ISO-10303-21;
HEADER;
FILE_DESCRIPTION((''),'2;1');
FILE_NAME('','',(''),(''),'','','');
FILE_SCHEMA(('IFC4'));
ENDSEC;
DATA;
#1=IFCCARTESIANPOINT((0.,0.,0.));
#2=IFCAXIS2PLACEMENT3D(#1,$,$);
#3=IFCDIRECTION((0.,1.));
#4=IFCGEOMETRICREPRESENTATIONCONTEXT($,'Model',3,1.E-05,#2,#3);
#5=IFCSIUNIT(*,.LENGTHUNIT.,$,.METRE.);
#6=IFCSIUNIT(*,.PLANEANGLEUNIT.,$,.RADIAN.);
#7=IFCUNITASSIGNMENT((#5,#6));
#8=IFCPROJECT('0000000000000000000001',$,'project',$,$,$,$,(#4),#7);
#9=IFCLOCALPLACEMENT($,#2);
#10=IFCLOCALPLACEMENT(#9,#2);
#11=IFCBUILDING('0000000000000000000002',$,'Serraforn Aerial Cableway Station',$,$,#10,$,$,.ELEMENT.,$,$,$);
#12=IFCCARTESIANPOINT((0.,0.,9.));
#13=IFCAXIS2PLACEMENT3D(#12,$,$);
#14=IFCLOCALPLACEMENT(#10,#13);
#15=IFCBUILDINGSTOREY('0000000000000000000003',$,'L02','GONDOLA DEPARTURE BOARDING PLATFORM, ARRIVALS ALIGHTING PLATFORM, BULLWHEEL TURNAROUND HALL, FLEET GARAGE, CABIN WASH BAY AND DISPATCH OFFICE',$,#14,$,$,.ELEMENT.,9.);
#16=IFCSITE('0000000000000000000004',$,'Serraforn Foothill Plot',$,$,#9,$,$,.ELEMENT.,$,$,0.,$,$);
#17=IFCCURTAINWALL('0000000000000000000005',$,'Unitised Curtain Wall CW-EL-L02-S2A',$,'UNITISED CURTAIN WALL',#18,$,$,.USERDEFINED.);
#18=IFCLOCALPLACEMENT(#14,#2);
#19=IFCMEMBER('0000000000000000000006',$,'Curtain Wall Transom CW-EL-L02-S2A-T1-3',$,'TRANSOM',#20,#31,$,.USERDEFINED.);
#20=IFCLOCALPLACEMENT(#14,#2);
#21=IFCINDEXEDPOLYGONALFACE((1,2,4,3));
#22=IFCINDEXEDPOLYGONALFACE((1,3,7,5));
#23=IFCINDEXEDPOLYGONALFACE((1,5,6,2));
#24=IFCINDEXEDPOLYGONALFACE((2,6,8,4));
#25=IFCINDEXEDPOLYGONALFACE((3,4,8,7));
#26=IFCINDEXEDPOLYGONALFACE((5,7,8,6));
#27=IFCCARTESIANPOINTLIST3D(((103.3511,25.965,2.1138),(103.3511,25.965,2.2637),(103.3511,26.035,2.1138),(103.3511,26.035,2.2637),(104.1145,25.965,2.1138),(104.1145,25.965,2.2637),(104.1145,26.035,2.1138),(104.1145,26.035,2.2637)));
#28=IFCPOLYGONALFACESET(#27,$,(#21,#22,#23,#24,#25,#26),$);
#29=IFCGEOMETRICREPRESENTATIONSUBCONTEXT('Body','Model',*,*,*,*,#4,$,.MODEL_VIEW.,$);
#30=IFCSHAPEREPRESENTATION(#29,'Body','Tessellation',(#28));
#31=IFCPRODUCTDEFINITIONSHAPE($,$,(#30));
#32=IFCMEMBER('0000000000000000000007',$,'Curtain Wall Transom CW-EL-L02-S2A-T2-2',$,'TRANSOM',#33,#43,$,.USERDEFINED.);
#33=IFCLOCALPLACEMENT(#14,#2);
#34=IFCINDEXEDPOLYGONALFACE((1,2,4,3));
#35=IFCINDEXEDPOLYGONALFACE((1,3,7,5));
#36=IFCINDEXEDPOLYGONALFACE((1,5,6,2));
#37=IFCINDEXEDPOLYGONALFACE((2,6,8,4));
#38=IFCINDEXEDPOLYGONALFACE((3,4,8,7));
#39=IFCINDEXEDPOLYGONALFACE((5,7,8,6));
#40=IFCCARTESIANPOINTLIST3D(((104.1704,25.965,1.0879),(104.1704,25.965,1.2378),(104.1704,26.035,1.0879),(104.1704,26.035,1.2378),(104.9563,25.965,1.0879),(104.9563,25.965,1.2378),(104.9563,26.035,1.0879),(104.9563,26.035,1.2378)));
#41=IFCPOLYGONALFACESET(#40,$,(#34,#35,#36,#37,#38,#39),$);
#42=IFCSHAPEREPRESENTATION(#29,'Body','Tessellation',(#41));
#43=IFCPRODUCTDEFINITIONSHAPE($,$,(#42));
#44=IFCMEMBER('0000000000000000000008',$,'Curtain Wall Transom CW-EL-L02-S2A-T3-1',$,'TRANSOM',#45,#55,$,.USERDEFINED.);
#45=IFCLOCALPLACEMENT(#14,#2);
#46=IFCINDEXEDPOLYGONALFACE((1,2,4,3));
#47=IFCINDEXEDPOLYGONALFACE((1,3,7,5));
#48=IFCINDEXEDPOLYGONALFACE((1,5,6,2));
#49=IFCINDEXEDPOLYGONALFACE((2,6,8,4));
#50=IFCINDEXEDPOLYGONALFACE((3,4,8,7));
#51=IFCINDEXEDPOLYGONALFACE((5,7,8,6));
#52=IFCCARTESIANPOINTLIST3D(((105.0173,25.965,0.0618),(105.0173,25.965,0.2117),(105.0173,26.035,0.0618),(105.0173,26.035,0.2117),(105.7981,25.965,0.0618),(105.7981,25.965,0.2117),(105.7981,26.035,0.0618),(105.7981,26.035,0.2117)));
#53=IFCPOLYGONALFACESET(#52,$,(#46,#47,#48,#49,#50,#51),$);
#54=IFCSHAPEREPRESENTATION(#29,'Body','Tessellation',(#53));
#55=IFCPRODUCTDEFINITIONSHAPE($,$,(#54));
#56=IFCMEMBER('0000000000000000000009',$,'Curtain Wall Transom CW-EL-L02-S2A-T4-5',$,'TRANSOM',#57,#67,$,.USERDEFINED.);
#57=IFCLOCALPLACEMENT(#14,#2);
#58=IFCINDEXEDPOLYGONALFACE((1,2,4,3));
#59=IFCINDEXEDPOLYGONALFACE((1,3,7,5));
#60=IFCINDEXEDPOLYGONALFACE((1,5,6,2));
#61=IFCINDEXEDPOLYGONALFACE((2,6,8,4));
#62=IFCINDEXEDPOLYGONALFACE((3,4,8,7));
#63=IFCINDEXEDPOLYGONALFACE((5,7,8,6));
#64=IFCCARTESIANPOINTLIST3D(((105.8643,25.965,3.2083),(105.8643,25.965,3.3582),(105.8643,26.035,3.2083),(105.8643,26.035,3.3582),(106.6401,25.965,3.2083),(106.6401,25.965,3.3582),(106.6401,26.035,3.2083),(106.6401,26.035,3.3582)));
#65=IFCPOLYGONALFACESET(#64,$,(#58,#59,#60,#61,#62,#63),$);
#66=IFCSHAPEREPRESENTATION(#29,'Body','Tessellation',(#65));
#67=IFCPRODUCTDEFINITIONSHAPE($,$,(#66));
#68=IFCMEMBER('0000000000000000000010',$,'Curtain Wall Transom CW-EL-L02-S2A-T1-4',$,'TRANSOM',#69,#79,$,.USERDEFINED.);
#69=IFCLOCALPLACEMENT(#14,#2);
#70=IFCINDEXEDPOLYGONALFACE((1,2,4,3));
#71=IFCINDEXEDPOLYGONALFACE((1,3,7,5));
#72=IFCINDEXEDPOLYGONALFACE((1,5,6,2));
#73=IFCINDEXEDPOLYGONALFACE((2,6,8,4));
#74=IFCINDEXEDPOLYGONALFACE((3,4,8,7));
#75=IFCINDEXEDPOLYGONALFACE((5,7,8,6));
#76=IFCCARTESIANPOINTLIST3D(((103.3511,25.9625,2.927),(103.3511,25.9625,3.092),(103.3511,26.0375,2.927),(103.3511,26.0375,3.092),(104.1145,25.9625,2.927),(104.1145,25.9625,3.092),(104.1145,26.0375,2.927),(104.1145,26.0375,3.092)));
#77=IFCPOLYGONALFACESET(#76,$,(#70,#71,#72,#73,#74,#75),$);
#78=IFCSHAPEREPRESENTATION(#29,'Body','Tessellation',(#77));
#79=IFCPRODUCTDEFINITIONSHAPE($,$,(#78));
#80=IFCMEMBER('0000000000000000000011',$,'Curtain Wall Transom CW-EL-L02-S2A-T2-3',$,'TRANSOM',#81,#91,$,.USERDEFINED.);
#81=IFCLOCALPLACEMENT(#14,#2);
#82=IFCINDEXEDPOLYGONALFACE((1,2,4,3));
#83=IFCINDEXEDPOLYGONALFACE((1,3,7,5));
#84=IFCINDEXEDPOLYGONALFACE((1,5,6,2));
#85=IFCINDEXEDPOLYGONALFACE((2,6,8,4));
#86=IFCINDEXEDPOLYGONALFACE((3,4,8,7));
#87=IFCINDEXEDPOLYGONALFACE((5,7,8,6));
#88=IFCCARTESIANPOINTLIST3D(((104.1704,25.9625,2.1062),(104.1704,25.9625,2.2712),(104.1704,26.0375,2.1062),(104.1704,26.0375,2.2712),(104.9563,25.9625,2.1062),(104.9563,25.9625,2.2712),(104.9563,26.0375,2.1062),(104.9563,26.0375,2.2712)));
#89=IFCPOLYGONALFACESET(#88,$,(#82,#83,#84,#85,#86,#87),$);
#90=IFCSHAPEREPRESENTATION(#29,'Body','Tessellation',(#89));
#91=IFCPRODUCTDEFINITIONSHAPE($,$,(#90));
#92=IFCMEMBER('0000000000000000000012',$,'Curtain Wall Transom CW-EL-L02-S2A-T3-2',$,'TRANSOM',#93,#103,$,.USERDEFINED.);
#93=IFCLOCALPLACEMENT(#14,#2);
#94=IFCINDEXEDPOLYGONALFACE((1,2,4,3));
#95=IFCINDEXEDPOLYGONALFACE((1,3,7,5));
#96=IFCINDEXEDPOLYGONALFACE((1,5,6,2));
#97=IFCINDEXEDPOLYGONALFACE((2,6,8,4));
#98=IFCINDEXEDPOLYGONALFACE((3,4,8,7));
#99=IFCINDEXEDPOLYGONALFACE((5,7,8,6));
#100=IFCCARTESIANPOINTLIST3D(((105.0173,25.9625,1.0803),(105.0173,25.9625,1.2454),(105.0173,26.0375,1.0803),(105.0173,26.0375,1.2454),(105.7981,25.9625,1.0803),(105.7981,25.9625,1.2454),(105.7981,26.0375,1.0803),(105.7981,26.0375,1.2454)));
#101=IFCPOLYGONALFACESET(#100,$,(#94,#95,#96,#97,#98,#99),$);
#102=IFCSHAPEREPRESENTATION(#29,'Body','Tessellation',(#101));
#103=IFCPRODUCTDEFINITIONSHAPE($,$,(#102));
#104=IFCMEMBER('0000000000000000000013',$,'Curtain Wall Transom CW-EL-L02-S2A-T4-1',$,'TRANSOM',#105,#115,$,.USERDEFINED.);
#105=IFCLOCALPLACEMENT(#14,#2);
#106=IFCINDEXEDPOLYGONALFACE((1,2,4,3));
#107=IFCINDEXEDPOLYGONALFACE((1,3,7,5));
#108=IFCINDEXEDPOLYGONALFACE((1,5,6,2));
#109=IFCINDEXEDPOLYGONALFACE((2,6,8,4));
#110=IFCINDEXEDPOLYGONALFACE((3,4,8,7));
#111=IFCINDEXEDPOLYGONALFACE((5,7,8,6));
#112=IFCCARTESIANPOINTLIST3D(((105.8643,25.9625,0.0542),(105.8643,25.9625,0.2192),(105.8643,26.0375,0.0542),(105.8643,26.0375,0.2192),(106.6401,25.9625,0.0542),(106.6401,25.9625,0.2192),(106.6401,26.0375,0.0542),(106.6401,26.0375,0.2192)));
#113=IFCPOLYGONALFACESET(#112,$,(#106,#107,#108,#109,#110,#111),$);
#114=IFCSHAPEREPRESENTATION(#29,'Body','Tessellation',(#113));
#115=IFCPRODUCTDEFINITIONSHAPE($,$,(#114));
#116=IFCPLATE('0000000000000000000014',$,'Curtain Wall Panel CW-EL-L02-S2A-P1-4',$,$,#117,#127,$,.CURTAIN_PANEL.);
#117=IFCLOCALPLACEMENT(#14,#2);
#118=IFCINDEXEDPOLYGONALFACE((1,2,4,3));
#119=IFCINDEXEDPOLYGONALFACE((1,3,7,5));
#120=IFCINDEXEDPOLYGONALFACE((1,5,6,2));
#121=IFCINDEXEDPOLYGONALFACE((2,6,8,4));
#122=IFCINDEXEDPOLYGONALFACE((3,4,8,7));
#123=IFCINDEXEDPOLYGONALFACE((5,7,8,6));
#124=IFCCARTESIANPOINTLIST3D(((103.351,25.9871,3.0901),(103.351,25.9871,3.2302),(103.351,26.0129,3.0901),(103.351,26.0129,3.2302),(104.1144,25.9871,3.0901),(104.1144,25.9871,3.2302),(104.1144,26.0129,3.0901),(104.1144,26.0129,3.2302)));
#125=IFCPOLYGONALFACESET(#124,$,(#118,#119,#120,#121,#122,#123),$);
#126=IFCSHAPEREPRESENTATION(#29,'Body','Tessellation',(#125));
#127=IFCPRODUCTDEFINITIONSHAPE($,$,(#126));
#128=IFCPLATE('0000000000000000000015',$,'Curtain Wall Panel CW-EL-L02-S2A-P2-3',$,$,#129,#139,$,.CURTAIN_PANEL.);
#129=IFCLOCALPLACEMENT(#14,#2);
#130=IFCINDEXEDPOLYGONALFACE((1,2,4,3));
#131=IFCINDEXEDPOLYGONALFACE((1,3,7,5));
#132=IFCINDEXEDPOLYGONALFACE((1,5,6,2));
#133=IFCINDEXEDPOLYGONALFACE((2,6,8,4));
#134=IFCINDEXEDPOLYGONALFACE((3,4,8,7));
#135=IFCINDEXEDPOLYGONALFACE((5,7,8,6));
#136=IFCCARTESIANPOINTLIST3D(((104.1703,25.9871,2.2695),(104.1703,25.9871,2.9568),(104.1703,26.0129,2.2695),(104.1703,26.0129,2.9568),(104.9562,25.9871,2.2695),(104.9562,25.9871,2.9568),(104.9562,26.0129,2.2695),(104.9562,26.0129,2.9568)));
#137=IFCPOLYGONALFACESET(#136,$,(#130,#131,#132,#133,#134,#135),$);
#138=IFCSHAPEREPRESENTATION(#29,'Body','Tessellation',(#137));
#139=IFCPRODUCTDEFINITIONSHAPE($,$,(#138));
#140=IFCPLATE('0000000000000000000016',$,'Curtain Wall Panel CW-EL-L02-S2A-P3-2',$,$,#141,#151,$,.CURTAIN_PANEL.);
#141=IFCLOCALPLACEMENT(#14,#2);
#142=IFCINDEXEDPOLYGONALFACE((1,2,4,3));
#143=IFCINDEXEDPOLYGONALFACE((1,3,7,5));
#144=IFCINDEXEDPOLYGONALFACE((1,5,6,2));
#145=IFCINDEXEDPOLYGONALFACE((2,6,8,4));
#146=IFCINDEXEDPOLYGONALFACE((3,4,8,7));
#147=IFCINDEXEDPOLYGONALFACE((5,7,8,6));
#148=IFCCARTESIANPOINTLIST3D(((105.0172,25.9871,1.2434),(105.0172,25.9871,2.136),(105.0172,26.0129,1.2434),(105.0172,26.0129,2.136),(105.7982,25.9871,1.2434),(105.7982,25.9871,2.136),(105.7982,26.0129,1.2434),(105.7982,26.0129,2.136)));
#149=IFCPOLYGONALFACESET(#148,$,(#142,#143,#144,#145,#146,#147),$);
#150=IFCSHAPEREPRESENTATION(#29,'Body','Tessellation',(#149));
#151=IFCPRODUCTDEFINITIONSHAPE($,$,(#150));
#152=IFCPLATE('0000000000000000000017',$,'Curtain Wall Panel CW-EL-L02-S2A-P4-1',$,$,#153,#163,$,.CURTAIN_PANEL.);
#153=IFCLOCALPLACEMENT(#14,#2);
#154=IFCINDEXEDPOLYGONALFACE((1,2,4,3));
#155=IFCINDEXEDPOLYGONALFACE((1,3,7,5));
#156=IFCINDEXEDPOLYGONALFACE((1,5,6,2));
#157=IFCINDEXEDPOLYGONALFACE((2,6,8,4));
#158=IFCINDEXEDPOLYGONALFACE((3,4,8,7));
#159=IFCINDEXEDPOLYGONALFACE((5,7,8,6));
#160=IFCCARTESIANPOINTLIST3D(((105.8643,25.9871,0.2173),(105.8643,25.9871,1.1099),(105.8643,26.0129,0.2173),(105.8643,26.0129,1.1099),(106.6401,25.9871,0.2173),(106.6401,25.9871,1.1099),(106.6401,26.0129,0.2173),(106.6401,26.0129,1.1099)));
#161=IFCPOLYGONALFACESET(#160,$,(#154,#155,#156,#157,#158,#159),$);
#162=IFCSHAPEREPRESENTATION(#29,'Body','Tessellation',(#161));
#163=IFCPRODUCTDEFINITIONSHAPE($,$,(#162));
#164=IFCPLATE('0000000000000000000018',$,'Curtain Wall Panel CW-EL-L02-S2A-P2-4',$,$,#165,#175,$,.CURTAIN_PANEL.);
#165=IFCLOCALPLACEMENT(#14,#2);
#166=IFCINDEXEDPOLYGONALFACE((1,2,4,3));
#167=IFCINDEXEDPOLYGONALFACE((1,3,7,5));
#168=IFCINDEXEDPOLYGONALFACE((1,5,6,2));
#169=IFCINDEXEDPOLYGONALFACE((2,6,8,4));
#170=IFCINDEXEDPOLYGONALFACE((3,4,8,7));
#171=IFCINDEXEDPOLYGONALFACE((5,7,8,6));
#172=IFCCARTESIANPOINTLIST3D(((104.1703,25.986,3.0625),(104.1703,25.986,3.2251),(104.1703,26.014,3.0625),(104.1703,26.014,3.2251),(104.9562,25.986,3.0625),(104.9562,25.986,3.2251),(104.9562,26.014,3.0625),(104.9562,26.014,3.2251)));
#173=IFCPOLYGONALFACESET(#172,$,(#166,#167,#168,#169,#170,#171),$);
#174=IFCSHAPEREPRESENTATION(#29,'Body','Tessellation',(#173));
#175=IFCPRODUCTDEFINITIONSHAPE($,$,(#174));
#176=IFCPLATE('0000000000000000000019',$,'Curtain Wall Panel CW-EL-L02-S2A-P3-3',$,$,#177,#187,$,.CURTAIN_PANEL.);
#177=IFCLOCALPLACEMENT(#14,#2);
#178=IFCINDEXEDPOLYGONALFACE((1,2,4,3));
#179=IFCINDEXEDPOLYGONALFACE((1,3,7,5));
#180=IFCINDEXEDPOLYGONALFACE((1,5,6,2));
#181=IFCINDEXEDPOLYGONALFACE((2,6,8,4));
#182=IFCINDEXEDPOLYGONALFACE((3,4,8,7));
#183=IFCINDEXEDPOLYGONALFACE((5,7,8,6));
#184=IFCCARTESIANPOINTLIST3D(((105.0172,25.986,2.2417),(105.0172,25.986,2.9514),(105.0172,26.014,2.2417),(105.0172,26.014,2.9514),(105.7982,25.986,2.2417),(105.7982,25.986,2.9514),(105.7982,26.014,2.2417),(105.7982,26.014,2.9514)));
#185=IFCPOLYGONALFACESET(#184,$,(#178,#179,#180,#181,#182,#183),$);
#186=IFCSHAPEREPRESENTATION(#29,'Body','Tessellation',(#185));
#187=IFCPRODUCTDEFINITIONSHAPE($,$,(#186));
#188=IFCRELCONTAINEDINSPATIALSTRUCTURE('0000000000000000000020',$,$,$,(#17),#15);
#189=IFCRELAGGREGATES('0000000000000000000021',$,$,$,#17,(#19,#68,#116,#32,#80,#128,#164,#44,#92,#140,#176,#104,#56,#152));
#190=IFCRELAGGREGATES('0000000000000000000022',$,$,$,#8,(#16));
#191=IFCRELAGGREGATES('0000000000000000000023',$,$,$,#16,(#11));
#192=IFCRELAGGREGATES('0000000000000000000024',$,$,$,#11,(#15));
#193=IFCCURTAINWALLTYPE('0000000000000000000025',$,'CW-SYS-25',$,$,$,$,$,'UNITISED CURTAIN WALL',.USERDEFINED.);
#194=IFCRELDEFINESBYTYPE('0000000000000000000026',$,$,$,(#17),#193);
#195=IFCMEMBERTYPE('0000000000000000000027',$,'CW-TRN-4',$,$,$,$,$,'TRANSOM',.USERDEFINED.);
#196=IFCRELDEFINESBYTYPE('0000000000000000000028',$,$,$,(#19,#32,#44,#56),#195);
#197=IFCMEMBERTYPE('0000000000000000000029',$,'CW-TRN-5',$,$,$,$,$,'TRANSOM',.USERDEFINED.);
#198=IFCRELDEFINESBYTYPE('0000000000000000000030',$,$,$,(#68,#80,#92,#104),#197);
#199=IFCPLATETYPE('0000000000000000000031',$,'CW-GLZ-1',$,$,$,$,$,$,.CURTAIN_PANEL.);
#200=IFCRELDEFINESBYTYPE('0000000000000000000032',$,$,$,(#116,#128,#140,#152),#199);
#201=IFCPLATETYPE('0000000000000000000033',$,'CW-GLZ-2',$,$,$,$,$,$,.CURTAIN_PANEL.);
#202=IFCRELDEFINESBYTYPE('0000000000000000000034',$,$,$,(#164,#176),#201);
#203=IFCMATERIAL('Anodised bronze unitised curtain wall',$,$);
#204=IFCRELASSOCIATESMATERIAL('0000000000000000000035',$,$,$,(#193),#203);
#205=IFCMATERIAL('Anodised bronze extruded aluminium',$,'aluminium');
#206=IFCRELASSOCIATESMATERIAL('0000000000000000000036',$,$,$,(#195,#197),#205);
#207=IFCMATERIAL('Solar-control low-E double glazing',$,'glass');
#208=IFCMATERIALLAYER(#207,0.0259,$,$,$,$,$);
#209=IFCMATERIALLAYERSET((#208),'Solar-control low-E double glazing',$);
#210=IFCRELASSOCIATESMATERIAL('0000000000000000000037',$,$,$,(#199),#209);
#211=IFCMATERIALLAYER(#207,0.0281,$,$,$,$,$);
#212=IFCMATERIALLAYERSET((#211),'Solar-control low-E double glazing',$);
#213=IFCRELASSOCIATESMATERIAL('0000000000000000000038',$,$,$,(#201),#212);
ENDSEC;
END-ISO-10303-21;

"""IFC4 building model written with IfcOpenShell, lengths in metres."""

from ifc_helpers import new_model, si_unit, direction, frame, origin, origin_2d, place, context, subcontext, project, spatial, rectangle, extrude, material, layer, layer_set, material_profile, profile_set, type_object, element, aggregate, save


model = new_model("IFC4")

# Units and contexts
model_context = context("Model", 3, precision=1e-05, world=origin(), true_north=direction((0.0, 1.0)))
body_context = subcontext(model_context, "Body", "Model", "MODEL_VIEW")
ifc_project = project(units=[si_unit("LENGTHUNIT", "METRE"), si_unit("PLANEANGLEUNIT", "RADIAN")], contexts=[model_context])

# Site, building, storey
site_placement = place(None, origin())
site = spatial("IfcSite", under=ifc_project, at=site_placement, Name="Serraforn Foothill Plot", CompositionType="ELEMENT", RefElevation=0.0)
building_placement = place(site_placement, origin())
building = spatial("IfcBuilding", under=site, at=building_placement, Name="Serraforn Aerial Cableway Station", CompositionType="ELEMENT")
storey_placement = place(building_placement, frame((0.0, 0.0, 9.0)))
storey = spatial("IfcBuildingStorey", under=building, at=storey_placement, Name="L02", Description="GONDOLA DEPARTURE BOARDING PLATFORM, ARRIVALS ALIGHTING PLATFORM, BULLWHEEL TURNAROUND HALL, FLEET GARAGE, CABIN WASH BAY AND DISPATCH OFFICE", CompositionType="ELEMENT", Elevation=9.0)

# Curtain wall, members, plates
ifc_material_1 = material(Name="Anodised bronze unitised curtain wall")
curtain_wall_type = type_object("IfcCurtainWallType", Name="CW-SYS-25", ElementType="UNITISED CURTAIN WALL", PredefinedType="USERDEFINED", material=ifc_material_1)
curtain_wall_placement = place(storey_placement, origin())
curtain_wall = element("IfcCurtainWall", 1, at=curtain_wall_placement, inside=storey, type_object=curtain_wall_type, Name="Unitised Curtain Wall CW-EL-L02-S2A", ObjectType="UNITISED CURTAIN WALL", PredefinedType="USERDEFINED")
ifc_material_2 = material(Name="Anodised bronze extruded aluminium", Category="aluminium")
ifc_material_profile_1 = material_profile(ifc_material_2, rectangle(XDim=0.0701, YDim=0.1499, at=origin_2d()), Name="CW TRANSOM 70x150")
ifc_profile_set_1 = profile_set([ifc_material_profile_1], Name="Anodised bronze extruded aluminium")
member_type_1 = type_object("IfcMemberType", Name="CW-TRN-4", ElementType="TRANSOM", PredefinedType="USERDEFINED", material=ifc_profile_set_1)
member_1_placement = place(storey_placement, frame((103.3511, 26.0, 2.1887), z_axis=(1.0, 0.0, 0.0), x_axis=(0.0, 1.0, 0.0)))
member_1 = element("IfcMember", 2, at=member_1_placement, type_object=member_type_1, Name="Curtain Wall Transom CW-EL-L02-S2A-T1-3", ObjectType="TRANSOM", PredefinedType="USERDEFINED", context=body_context, shape_type="SweptSolid", body=[
    extrude(rectangle(XDim=0.0701, YDim=0.1499, at=origin_2d()), origin(), (0.0, 0.0, 1.0), 0.7634),
])
member_2_placement = place(storey_placement, frame((104.1704, 26.0, 1.1628), z_axis=(1.0, 0.0, 0.0), x_axis=(0.0, 1.0, 0.0)))
member_2 = element("IfcMember", 3, at=member_2_placement, type_object=member_type_1, Name="Curtain Wall Transom CW-EL-L02-S2A-T2-2", ObjectType="TRANSOM", PredefinedType="USERDEFINED", context=body_context, shape_type="SweptSolid", body=[
    extrude(rectangle(XDim=0.0701, YDim=0.1499, at=origin_2d()), origin(), (0.0, 0.0, 1.0), 0.7859),
])
member_3_placement = place(storey_placement, frame((105.0173, 26.0, 0.1367), z_axis=(1.0, 0.0, 0.0), x_axis=(0.0, 1.0, 0.0)))
member_3 = element("IfcMember", 4, at=member_3_placement, type_object=member_type_1, Name="Curtain Wall Transom CW-EL-L02-S2A-T3-1", ObjectType="TRANSOM", PredefinedType="USERDEFINED", context=body_context, shape_type="SweptSolid", body=[
    extrude(rectangle(XDim=0.0701, YDim=0.1499, at=origin_2d()), origin(), (0.0, 0.0, 1.0), 0.7808),
])
member_4_placement = place(storey_placement, frame((105.8643, 26.0, 3.2832), z_axis=(1.0, 0.0, 0.0), x_axis=(0.0, 1.0, 0.0)))
member_4 = element("IfcMember", 5, at=member_4_placement, type_object=member_type_1, Name="Curtain Wall Transom CW-EL-L02-S2A-T4-5", ObjectType="TRANSOM", PredefinedType="USERDEFINED", context=body_context, shape_type="SweptSolid", body=[
    extrude(rectangle(XDim=0.0701, YDim=0.1499, at=origin_2d()), origin(), (0.0, 0.0, 1.0), 0.7759),
])
ifc_material_profile_2 = material_profile(ifc_material_2, rectangle(XDim=0.075, YDim=0.165, at=origin_2d()), Name="CW TRANSOM 75x165")
ifc_profile_set_2 = profile_set([ifc_material_profile_2], Name="Anodised bronze extruded aluminium")
member_type_2 = type_object("IfcMemberType", Name="CW-TRN-5", ElementType="TRANSOM", PredefinedType="USERDEFINED", material=ifc_profile_set_2)
member_5_placement = place(storey_placement, frame((103.3511, 26.0, 3.0095), z_axis=(1.0, 0.0, 0.0), x_axis=(0.0, 1.0, 0.0)))
member_5 = element("IfcMember", 6, at=member_5_placement, type_object=member_type_2, Name="Curtain Wall Transom CW-EL-L02-S2A-T1-4", ObjectType="TRANSOM", PredefinedType="USERDEFINED", context=body_context, shape_type="SweptSolid", body=[
    extrude(rectangle(XDim=0.075, YDim=0.165, at=origin_2d()), origin(), (0.0, 0.0, 1.0), 0.7634),
])
member_6_placement = place(storey_placement, frame((104.1704, 26.0, 2.1887), z_axis=(1.0, 0.0, 0.0), x_axis=(0.0, 1.0, 0.0)))
member_6 = element("IfcMember", 7, at=member_6_placement, type_object=member_type_2, Name="Curtain Wall Transom CW-EL-L02-S2A-T2-3", ObjectType="TRANSOM", PredefinedType="USERDEFINED", context=body_context, shape_type="SweptSolid", body=[
    extrude(rectangle(XDim=0.075, YDim=0.165, at=origin_2d()), origin(), (0.0, 0.0, 1.0), 0.7859),
])
member_7_placement = place(storey_placement, frame((105.0173, 26.0, 1.1628), z_axis=(1.0, 0.0, 0.0), x_axis=(0.0, 1.0, 0.0)))
member_7 = element("IfcMember", 8, at=member_7_placement, type_object=member_type_2, Name="Curtain Wall Transom CW-EL-L02-S2A-T3-2", ObjectType="TRANSOM", PredefinedType="USERDEFINED", context=body_context, shape_type="SweptSolid", body=[
    extrude(rectangle(XDim=0.075, YDim=0.165, at=origin_2d()), origin(), (0.0, 0.0, 1.0), 0.7808),
])
member_8_placement = place(storey_placement, frame((105.8643, 26.0, 0.1367), z_axis=(1.0, 0.0, 0.0), x_axis=(0.0, 1.0, 0.0)))
member_8 = element("IfcMember", 9, at=member_8_placement, type_object=member_type_2, Name="Curtain Wall Transom CW-EL-L02-S2A-T4-1", ObjectType="TRANSOM", PredefinedType="USERDEFINED", context=body_context, shape_type="SweptSolid", body=[
    extrude(rectangle(XDim=0.075, YDim=0.165, at=origin_2d()), origin(), (0.0, 0.0, 1.0), 0.7759),
])
ifc_material_3 = material(Name="Solar-control low-E double glazing", Category="glass")
ifc_layer_1 = layer(ifc_material_3, 0.0259)
ifc_layer_set_1 = layer_set([ifc_layer_1], Name="Solar-control low-E double glazing")
plate_type_1 = type_object("IfcPlateType", Name="CW-GLZ-1", PredefinedType="CURTAIN_PANEL", material=ifc_layer_set_1)
plate_1_placement = place(storey_placement, frame((103.7327, 26.0, 3.0901), z_axis=(0.0, 0.0, 1.0), x_axis=(1.0, 0.0, 0.0)))
plate_1 = element("IfcPlate", 10, at=plate_1_placement, type_object=plate_type_1, Name="Curtain Wall Panel CW-EL-L02-S2A-P1-4", PredefinedType="CURTAIN_PANEL", context=body_context, shape_type="SweptSolid", body=[
    extrude(rectangle(XDim=0.7634, YDim=0.0259, at=origin_2d()), origin(), (0.0, 0.0, 1.0), 0.1401),
])
plate_2_placement = place(storey_placement, frame((104.5632, 26.0, 2.2695), z_axis=(0.0, 0.0, 1.0), x_axis=(1.0, 0.0, 0.0)))
plate_2 = element("IfcPlate", 11, at=plate_2_placement, type_object=plate_type_1, Name="Curtain Wall Panel CW-EL-L02-S2A-P2-3", PredefinedType="CURTAIN_PANEL", context=body_context, shape_type="SweptSolid", body=[
    extrude(rectangle(XDim=0.7859, YDim=0.0259, at=origin_2d()), origin(), (0.0, 0.0, 1.0), 0.6873),
])
plate_3_placement = place(storey_placement, frame((105.4077, 26.0, 1.2434), z_axis=(0.0, 0.0, 1.0), x_axis=(1.0, 0.0, 0.0)))
plate_3 = element("IfcPlate", 12, at=plate_3_placement, type_object=plate_type_1, Name="Curtain Wall Panel CW-EL-L02-S2A-P3-2", PredefinedType="CURTAIN_PANEL", context=body_context, shape_type="SweptSolid", body=[
    extrude(rectangle(XDim=0.781, YDim=0.0259, at=origin_2d()), origin(), (0.0, 0.0, 1.0), 0.8926),
])
plate_4_placement = place(storey_placement, frame((106.2522, 26.0, 0.2173), z_axis=(0.0, 0.0, 1.0), x_axis=(1.0, 0.0, 0.0)))
plate_4 = element("IfcPlate", 13, at=plate_4_placement, type_object=plate_type_1, Name="Curtain Wall Panel CW-EL-L02-S2A-P4-1", PredefinedType="CURTAIN_PANEL", context=body_context, shape_type="SweptSolid", body=[
    extrude(rectangle(XDim=0.7759, YDim=0.0259, at=origin_2d()), origin(), (0.0, 0.0, 1.0), 0.8926),
])
ifc_layer_2 = layer(ifc_material_3, 0.0281)
ifc_layer_set_2 = layer_set([ifc_layer_2], Name="Solar-control low-E double glazing")
plate_type_2 = type_object("IfcPlateType", Name="CW-GLZ-2", PredefinedType="CURTAIN_PANEL", material=ifc_layer_set_2)
plate_5_placement = place(storey_placement, frame((104.5632, 26.0, 3.0625), z_axis=(0.0, 0.0, 1.0), x_axis=(1.0, 0.0, 0.0)))
plate_5 = element("IfcPlate", 14, at=plate_5_placement, type_object=plate_type_2, Name="Curtain Wall Panel CW-EL-L02-S2A-P2-4", PredefinedType="CURTAIN_PANEL", context=body_context, shape_type="SweptSolid", body=[
    extrude(rectangle(XDim=0.7859, YDim=0.0281, at=origin_2d()), origin(), (0.0, 0.0, 1.0), 0.1626),
])
plate_6_placement = place(storey_placement, frame((105.4077, 26.0, 2.2417), z_axis=(0.0, 0.0, 1.0), x_axis=(1.0, 0.0, 0.0)))
plate_6 = element("IfcPlate", 15, at=plate_6_placement, type_object=plate_type_2, Name="Curtain Wall Panel CW-EL-L02-S2A-P3-3", PredefinedType="CURTAIN_PANEL", context=body_context, shape_type="SweptSolid", body=[
    extrude(rectangle(XDim=0.781, YDim=0.0281, at=origin_2d()), origin(), (0.0, 0.0, 1.0), 0.7097),
])
aggregate(curtain_wall, [member_1, member_5, plate_1, member_2, member_6, plate_2, plate_5, member_3, member_7, plate_3, plate_6, member_8, member_4, plate_4])

save(model, "model.ifc")
